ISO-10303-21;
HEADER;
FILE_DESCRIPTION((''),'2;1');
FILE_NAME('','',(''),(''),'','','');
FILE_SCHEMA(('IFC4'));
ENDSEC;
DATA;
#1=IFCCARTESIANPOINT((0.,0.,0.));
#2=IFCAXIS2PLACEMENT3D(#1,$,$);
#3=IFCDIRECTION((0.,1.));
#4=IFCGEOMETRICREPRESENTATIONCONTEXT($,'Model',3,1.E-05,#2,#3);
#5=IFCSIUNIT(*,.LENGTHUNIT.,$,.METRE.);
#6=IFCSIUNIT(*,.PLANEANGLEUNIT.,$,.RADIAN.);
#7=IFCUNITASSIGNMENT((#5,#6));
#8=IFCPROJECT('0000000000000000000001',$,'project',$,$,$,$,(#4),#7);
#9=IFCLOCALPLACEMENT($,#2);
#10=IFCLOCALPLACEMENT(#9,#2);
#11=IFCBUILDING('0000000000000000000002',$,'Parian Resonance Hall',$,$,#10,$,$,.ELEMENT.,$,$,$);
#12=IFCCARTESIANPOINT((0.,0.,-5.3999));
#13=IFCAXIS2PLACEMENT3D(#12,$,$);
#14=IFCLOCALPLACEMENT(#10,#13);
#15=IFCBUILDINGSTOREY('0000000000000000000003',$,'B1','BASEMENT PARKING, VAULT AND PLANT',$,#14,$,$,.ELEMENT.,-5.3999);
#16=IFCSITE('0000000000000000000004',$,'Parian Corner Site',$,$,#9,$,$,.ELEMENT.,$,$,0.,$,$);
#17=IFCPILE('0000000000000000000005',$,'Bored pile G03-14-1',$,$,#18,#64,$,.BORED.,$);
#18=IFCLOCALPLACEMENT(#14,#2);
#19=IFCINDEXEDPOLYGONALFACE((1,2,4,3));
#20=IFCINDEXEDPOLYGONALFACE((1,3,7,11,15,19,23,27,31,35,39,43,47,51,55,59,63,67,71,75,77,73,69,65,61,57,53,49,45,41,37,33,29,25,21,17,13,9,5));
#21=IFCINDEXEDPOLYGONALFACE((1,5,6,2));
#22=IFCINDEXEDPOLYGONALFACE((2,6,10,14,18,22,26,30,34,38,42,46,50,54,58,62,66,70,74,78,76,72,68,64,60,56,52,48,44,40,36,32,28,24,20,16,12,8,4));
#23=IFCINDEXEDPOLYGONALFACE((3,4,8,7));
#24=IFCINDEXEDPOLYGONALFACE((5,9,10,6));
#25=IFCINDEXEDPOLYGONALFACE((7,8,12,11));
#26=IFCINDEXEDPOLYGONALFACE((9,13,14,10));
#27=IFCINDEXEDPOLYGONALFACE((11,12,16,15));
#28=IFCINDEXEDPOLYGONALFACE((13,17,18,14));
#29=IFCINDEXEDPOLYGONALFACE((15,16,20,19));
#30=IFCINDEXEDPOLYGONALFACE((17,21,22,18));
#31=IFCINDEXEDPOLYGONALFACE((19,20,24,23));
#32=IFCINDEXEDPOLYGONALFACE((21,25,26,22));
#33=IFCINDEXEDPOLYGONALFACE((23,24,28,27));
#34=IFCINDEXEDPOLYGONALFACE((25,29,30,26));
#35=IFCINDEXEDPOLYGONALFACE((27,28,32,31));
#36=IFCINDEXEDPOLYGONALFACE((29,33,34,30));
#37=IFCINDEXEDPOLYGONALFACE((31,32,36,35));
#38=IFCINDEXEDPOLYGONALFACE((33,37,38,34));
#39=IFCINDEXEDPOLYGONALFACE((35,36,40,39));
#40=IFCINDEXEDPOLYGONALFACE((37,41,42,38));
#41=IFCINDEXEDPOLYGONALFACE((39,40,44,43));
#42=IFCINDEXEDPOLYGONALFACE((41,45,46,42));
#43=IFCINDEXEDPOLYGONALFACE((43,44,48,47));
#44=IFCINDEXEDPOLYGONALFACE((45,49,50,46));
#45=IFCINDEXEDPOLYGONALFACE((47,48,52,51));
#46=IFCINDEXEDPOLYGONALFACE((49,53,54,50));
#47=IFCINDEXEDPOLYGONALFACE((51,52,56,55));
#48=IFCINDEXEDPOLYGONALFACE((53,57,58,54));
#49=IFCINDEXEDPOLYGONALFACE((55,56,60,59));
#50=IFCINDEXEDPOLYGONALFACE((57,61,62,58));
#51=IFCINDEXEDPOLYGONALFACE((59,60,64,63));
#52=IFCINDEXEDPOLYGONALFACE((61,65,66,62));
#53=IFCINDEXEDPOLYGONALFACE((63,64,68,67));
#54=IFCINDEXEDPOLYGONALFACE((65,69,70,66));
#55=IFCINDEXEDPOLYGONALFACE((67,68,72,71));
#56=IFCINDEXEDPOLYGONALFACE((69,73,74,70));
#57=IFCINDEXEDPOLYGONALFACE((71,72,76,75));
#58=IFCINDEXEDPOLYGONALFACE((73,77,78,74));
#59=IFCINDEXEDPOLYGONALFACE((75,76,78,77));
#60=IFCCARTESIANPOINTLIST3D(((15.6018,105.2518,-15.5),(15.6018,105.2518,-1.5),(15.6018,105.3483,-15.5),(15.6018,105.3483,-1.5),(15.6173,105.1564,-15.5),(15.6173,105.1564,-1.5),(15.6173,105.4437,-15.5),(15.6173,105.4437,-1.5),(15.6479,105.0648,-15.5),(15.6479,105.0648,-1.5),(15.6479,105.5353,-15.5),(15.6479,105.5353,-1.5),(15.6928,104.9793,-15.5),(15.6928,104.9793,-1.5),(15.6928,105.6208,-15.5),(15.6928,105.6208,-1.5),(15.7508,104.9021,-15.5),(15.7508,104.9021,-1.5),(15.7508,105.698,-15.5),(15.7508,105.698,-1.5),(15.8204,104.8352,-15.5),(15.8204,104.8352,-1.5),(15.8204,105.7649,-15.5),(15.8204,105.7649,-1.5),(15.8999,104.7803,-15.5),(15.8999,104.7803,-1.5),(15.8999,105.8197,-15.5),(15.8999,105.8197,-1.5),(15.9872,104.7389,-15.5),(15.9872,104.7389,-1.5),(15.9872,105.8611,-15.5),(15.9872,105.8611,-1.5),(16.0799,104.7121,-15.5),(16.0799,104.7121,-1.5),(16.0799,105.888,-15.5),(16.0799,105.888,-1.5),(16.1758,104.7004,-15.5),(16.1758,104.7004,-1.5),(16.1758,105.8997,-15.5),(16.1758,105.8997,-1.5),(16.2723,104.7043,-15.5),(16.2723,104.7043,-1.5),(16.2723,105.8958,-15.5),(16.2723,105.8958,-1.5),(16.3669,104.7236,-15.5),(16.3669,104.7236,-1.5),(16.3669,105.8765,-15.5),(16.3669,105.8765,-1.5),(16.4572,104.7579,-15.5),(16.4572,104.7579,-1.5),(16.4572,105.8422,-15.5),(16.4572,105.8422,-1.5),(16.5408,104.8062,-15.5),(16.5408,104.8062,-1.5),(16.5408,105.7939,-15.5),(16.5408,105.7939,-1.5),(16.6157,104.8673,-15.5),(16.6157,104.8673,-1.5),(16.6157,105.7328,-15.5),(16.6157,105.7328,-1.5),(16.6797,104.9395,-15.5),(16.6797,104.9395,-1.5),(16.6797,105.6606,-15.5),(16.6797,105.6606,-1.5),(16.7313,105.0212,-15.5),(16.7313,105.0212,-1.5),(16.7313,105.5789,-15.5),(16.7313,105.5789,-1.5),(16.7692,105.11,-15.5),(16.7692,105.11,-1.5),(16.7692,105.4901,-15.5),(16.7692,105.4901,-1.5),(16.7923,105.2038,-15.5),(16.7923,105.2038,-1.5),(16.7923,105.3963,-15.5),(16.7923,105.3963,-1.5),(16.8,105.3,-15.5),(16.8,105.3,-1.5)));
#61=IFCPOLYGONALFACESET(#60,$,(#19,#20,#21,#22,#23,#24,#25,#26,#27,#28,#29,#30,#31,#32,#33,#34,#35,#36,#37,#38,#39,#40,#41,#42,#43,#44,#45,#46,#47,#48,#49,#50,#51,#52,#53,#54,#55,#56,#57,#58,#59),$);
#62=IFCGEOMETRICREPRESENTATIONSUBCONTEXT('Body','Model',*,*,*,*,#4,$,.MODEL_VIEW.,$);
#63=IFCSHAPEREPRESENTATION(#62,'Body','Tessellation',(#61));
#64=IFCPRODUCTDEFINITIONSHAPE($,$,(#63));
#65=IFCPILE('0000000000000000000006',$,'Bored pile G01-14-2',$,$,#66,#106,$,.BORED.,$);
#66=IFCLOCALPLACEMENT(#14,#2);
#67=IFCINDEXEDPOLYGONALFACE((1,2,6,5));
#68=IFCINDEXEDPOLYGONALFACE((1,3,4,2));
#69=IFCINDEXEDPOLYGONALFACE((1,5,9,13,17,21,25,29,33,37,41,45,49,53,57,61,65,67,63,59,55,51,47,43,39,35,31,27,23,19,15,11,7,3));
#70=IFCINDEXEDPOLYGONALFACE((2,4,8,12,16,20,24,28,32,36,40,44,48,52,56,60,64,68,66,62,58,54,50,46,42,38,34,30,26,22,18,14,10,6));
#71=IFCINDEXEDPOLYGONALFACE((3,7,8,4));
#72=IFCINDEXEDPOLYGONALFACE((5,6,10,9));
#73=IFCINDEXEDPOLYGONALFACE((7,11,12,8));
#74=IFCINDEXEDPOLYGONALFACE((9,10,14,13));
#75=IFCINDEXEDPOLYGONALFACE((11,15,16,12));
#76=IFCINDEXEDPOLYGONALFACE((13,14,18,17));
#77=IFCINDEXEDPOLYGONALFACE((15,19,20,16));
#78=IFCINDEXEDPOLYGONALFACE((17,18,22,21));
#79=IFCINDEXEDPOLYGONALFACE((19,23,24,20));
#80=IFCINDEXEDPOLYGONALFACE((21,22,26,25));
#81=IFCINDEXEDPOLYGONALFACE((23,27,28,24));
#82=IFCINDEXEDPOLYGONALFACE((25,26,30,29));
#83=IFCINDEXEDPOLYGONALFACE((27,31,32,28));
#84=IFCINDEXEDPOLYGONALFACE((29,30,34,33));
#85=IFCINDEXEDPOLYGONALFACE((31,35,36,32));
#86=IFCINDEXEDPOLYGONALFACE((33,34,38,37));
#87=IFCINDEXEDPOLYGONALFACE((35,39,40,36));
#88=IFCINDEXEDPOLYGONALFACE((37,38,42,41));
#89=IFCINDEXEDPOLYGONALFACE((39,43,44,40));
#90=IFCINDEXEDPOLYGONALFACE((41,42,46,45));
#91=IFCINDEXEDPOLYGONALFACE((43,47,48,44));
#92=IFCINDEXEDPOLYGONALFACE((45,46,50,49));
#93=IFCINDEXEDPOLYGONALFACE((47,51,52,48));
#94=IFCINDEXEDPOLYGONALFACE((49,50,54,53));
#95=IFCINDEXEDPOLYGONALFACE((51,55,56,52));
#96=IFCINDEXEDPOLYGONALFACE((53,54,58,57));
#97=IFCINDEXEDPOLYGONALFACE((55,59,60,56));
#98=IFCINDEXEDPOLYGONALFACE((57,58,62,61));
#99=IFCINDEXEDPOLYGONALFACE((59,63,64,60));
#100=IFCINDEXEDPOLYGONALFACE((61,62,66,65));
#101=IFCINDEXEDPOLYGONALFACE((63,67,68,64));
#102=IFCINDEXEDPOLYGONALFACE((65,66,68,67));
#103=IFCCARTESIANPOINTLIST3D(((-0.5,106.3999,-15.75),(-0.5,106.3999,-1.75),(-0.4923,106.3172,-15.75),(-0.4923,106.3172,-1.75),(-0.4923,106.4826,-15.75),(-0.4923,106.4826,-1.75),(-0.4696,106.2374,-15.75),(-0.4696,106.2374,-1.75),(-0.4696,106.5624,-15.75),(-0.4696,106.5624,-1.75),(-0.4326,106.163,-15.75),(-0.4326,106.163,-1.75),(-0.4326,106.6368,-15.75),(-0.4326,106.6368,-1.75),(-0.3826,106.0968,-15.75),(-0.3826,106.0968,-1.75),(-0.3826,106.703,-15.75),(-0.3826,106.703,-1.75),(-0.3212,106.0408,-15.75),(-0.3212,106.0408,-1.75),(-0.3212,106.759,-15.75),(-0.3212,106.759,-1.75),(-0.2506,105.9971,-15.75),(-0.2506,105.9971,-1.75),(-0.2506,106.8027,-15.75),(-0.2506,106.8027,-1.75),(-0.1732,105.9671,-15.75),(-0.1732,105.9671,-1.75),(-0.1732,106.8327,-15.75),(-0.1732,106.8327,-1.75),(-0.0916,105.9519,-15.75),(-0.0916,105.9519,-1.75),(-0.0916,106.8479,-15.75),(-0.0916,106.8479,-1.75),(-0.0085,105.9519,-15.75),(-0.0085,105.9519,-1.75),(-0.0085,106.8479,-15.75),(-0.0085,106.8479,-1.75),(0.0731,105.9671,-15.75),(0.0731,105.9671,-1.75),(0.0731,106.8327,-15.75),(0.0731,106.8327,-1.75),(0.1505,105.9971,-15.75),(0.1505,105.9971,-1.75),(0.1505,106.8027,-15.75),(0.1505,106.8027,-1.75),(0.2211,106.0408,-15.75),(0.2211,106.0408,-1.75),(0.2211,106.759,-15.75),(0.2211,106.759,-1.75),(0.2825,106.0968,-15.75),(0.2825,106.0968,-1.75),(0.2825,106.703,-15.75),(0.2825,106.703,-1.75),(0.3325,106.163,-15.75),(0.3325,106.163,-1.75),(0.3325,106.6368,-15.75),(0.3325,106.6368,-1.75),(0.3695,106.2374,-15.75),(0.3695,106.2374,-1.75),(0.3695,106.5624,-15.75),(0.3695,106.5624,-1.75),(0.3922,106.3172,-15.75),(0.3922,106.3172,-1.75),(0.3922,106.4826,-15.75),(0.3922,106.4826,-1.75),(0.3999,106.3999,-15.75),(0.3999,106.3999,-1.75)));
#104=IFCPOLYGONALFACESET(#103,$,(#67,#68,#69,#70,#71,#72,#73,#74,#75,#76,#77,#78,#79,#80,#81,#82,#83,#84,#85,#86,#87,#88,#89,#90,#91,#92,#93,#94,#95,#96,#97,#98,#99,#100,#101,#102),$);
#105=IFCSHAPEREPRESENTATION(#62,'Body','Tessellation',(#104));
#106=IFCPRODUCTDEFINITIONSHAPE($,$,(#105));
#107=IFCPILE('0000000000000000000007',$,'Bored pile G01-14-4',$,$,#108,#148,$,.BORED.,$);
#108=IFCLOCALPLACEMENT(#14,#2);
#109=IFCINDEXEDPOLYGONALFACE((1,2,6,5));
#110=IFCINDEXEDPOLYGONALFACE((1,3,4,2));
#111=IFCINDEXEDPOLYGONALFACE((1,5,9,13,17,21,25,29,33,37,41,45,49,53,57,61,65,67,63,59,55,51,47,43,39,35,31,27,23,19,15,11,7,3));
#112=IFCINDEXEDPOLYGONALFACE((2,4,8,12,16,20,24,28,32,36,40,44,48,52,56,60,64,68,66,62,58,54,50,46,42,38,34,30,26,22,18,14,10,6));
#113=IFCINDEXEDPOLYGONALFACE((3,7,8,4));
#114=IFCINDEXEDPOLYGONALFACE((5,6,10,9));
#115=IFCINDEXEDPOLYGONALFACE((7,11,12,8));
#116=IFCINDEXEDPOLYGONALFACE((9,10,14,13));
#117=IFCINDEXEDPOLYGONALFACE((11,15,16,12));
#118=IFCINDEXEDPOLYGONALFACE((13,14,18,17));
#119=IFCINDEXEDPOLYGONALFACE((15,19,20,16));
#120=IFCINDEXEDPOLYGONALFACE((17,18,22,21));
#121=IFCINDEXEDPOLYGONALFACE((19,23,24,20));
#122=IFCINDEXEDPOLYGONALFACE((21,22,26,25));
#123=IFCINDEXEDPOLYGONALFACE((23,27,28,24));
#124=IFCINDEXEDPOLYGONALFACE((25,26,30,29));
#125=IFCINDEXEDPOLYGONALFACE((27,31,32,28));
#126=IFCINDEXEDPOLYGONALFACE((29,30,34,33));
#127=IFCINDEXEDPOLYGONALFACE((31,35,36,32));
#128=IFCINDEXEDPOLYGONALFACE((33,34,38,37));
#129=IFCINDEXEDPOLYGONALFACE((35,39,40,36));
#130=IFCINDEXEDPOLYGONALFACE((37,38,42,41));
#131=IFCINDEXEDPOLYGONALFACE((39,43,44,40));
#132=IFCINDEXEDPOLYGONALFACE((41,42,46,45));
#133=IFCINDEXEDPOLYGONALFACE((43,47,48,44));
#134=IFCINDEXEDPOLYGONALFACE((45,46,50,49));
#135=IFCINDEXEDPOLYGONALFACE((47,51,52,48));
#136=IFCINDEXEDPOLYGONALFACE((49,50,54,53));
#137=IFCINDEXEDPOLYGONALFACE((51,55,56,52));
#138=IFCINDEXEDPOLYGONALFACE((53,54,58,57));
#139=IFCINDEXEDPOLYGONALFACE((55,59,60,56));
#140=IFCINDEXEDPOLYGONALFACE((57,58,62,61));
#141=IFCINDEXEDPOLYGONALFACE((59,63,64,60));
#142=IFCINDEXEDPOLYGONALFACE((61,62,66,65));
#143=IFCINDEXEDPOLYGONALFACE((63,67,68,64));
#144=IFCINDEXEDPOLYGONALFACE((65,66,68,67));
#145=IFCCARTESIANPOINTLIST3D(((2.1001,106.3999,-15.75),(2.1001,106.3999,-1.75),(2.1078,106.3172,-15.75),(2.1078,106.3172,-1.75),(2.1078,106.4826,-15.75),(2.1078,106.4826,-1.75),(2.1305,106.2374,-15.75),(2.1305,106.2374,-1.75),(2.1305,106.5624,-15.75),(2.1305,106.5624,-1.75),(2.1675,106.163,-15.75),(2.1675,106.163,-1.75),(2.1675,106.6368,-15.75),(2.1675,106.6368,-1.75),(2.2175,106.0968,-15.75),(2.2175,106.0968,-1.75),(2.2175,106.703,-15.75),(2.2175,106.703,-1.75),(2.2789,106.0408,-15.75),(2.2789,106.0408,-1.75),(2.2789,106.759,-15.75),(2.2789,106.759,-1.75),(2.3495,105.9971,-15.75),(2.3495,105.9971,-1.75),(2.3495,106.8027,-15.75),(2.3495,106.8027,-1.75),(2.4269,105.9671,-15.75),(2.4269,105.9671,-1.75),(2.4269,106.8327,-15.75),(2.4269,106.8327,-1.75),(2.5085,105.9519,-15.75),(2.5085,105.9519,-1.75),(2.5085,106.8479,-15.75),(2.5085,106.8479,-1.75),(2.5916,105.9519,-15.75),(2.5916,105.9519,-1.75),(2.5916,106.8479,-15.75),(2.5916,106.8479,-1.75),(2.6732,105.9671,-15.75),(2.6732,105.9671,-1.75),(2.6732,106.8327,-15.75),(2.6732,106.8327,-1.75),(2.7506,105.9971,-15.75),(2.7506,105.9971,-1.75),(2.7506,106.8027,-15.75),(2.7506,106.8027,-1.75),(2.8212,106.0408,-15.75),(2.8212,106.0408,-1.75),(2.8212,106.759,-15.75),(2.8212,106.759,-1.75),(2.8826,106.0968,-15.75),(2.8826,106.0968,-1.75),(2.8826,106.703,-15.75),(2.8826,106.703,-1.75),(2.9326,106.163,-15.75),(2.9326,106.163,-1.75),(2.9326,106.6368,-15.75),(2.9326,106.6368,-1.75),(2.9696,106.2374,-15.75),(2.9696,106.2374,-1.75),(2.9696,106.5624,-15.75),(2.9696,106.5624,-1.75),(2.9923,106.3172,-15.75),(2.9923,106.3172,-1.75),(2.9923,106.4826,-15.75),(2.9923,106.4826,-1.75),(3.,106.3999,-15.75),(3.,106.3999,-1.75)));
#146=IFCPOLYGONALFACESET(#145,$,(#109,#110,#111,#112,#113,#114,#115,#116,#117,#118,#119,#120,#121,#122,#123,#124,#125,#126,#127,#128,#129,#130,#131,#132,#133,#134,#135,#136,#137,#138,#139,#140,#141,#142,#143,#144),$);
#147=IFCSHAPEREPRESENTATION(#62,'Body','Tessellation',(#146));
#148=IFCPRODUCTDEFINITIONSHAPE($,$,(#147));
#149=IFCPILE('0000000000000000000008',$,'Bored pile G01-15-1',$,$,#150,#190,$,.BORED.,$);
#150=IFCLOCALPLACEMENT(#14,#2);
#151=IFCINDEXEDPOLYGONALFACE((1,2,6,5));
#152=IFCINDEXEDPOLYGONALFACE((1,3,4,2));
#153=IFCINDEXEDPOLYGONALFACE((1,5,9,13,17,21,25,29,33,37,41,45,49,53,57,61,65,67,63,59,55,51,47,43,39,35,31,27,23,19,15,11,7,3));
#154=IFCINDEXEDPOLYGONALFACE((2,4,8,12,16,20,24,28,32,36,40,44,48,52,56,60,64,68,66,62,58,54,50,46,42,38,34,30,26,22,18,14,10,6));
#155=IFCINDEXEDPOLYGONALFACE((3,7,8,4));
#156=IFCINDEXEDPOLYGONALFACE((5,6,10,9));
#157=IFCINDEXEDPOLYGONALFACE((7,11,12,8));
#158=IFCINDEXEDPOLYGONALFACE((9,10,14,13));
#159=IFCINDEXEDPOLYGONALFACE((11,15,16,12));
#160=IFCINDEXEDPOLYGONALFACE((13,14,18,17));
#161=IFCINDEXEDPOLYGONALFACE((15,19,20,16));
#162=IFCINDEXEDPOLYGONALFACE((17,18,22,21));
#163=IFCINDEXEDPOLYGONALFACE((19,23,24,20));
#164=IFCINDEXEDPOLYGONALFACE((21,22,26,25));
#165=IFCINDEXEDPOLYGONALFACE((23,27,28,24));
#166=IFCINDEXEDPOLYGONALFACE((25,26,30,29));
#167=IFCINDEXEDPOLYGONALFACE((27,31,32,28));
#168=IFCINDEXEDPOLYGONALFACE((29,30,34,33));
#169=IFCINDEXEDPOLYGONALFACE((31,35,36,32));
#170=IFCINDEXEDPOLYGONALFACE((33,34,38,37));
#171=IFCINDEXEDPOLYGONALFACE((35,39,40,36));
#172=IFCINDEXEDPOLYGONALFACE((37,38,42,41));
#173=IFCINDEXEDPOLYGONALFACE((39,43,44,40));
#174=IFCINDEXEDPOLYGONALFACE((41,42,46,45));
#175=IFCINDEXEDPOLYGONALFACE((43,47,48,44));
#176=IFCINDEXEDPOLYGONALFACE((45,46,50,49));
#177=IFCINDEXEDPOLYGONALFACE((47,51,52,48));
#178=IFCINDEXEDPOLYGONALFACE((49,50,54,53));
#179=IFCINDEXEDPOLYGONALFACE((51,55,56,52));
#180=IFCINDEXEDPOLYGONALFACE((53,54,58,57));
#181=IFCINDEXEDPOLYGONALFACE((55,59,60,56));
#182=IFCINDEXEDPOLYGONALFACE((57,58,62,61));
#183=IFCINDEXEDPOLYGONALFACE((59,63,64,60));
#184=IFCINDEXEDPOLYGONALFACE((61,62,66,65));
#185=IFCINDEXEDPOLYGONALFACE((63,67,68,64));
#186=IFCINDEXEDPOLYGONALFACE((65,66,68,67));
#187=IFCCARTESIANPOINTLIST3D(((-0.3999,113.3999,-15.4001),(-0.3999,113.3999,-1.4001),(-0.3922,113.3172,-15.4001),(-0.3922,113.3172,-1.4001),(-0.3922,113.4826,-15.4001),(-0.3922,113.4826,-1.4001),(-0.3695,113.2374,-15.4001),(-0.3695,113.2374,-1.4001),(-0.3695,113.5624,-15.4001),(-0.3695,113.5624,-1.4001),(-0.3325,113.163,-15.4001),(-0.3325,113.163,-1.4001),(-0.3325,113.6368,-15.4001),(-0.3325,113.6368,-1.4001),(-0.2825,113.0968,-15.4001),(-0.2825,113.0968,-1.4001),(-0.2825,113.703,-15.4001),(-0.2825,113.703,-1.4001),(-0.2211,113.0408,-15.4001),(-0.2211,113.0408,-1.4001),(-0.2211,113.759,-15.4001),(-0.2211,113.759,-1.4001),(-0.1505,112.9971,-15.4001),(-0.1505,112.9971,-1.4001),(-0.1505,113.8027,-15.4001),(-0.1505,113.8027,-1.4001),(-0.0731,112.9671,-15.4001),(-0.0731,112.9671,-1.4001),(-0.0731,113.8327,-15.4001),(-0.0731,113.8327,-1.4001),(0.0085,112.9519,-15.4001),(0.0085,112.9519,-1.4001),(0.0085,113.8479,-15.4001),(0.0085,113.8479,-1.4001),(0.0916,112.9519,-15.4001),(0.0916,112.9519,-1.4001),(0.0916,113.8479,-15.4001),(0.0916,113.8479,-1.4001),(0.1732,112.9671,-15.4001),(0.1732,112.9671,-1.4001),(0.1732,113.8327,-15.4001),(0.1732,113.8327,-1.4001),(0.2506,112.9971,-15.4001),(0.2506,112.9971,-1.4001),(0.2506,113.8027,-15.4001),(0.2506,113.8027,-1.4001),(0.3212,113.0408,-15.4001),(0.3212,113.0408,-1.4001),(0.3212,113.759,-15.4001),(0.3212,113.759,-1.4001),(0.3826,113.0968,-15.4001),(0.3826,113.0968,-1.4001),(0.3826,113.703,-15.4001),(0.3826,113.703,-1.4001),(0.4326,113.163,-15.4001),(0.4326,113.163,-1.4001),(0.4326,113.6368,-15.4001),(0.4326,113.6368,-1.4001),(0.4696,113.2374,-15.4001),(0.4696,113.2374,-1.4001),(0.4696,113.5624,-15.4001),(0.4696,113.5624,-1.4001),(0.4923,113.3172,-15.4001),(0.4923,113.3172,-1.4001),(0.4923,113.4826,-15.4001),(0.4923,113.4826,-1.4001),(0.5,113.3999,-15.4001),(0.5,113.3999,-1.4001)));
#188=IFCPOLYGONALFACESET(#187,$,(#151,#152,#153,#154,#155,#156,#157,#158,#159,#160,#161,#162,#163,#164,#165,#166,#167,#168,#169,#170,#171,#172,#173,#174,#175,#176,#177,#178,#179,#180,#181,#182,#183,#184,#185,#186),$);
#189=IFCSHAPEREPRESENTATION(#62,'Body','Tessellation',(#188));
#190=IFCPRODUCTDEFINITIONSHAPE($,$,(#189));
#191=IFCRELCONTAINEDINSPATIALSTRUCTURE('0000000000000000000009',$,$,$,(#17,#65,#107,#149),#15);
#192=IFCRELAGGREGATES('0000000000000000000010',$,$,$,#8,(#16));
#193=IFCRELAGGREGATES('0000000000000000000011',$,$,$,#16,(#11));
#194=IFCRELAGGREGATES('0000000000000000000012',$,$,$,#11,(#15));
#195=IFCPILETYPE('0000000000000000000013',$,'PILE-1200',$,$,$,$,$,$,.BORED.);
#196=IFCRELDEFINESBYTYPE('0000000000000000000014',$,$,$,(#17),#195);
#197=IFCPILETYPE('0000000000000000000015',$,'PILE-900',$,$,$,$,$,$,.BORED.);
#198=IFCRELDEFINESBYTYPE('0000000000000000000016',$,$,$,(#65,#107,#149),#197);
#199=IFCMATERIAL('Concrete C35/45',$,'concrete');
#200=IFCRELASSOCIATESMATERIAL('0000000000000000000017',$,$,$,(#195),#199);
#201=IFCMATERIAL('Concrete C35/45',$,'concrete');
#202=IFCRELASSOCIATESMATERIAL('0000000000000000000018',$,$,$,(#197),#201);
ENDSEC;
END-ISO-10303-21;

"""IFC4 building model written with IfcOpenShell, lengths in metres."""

from ifc_helpers import new_model, si_unit, direction, frame, origin, origin_2d, place, context, subcontext, project, spatial, circle, extrude, material, material_profile, profile_set, type_object, element, save


model = new_model("IFC4")

# Units and contexts
model_context = context("Model", 3, precision=1e-05, world=origin(), true_north=direction((0.0, 1.0)))
body_context = subcontext(model_context, "Body", "Model", "MODEL_VIEW")
ifc_project = project(units=[si_unit("LENGTHUNIT", "METRE"), si_unit("PLANEANGLEUNIT", "RADIAN")], contexts=[model_context])

# Site, building, storey
site_placement = place(None, origin())
site = spatial("IfcSite", under=ifc_project, at=site_placement, Name="Parian Corner Site", CompositionType="ELEMENT", RefElevation=0.0)
building_placement = place(site_placement, origin())
building = spatial("IfcBuilding", under=site, at=building_placement, Name="Parian Resonance Hall", CompositionType="ELEMENT")
storey_placement = place(building_placement, frame((0.0, 0.0, -5.3999)))
storey = spatial("IfcBuildingStorey", under=building, at=storey_placement, Name="B1", Description="BASEMENT PARKING, VAULT AND PLANT", CompositionType="ELEMENT", Elevation=-5.3999)

# Piles
ifc_material_1 = material(Name="Concrete C35/45", Category="concrete")
ifc_material_profile_1 = material_profile(ifc_material_1, circle(Radius=0.6001, at=origin_2d()), Name="PILE-D1200")
ifc_profile_set_1 = profile_set([ifc_material_profile_1], Name="Concrete C35/45")
pile_type_1 = type_object("IfcPileType", Name="PILE-1200", PredefinedType="BORED", material=ifc_profile_set_1)
for number, where, z_axis, x_axis, name in (
    (1, (16.2, 105.3, -1.5), (0.0, 0.0, -1.0), (1.0, 0.0, 0.0), "Bored pile G03-14-1"),
):
    element("IfcPile", number, at=place(storey_placement, frame(where, z_axis=z_axis, x_axis=x_axis)), inside=storey, type_object=pile_type_1, Name=name, PredefinedType="BORED", context=body_context, shape_type="SweptSolid", body=[
        extrude(circle(Radius=0.6001, at=origin_2d()), origin(), (0.0, 0.0, 1.0), 14.0),
    ])
ifc_material_2 = material(Name="Concrete C35/45", Category="concrete")
ifc_material_profile_2 = material_profile(ifc_material_2, circle(Radius=0.45, at=origin_2d()), Name="PILE-D900")
ifc_profile_set_2 = profile_set([ifc_material_profile_2], Name="Concrete C35/45")
pile_type_2 = type_object("IfcPileType", Name="PILE-900", PredefinedType="BORED", material=ifc_profile_set_2)
for number, where, z_axis, x_axis, name in (
    (2, (-0.05, 106.3999, -1.75), (0.0, 0.0, -1.0), (1.0, 0.0, 0.0), "Bored pile G01-14-2"),
    (3, (2.55, 106.3999, -1.75), (0.0, 0.0, -1.0), (1.0, 0.0, 0.0), "Bored pile G01-14-4"),
    (4, (0.05, 113.3999, -1.4001), (0.0, 0.0, -1.0), (1.0, 0.0, 0.0), "Bored pile G01-15-1"),
):
    element("IfcPile", number, at=place(storey_placement, frame(where, z_axis=z_axis, x_axis=x_axis)), inside=storey, type_object=pile_type_2, Name=name, PredefinedType="BORED", context=body_context, shape_type="SweptSolid", body=[
        extrude(circle(Radius=0.45, at=origin_2d()), origin(), (0.0, 0.0, 1.0), 14.0),
    ])

save(model, "model.ifc")
